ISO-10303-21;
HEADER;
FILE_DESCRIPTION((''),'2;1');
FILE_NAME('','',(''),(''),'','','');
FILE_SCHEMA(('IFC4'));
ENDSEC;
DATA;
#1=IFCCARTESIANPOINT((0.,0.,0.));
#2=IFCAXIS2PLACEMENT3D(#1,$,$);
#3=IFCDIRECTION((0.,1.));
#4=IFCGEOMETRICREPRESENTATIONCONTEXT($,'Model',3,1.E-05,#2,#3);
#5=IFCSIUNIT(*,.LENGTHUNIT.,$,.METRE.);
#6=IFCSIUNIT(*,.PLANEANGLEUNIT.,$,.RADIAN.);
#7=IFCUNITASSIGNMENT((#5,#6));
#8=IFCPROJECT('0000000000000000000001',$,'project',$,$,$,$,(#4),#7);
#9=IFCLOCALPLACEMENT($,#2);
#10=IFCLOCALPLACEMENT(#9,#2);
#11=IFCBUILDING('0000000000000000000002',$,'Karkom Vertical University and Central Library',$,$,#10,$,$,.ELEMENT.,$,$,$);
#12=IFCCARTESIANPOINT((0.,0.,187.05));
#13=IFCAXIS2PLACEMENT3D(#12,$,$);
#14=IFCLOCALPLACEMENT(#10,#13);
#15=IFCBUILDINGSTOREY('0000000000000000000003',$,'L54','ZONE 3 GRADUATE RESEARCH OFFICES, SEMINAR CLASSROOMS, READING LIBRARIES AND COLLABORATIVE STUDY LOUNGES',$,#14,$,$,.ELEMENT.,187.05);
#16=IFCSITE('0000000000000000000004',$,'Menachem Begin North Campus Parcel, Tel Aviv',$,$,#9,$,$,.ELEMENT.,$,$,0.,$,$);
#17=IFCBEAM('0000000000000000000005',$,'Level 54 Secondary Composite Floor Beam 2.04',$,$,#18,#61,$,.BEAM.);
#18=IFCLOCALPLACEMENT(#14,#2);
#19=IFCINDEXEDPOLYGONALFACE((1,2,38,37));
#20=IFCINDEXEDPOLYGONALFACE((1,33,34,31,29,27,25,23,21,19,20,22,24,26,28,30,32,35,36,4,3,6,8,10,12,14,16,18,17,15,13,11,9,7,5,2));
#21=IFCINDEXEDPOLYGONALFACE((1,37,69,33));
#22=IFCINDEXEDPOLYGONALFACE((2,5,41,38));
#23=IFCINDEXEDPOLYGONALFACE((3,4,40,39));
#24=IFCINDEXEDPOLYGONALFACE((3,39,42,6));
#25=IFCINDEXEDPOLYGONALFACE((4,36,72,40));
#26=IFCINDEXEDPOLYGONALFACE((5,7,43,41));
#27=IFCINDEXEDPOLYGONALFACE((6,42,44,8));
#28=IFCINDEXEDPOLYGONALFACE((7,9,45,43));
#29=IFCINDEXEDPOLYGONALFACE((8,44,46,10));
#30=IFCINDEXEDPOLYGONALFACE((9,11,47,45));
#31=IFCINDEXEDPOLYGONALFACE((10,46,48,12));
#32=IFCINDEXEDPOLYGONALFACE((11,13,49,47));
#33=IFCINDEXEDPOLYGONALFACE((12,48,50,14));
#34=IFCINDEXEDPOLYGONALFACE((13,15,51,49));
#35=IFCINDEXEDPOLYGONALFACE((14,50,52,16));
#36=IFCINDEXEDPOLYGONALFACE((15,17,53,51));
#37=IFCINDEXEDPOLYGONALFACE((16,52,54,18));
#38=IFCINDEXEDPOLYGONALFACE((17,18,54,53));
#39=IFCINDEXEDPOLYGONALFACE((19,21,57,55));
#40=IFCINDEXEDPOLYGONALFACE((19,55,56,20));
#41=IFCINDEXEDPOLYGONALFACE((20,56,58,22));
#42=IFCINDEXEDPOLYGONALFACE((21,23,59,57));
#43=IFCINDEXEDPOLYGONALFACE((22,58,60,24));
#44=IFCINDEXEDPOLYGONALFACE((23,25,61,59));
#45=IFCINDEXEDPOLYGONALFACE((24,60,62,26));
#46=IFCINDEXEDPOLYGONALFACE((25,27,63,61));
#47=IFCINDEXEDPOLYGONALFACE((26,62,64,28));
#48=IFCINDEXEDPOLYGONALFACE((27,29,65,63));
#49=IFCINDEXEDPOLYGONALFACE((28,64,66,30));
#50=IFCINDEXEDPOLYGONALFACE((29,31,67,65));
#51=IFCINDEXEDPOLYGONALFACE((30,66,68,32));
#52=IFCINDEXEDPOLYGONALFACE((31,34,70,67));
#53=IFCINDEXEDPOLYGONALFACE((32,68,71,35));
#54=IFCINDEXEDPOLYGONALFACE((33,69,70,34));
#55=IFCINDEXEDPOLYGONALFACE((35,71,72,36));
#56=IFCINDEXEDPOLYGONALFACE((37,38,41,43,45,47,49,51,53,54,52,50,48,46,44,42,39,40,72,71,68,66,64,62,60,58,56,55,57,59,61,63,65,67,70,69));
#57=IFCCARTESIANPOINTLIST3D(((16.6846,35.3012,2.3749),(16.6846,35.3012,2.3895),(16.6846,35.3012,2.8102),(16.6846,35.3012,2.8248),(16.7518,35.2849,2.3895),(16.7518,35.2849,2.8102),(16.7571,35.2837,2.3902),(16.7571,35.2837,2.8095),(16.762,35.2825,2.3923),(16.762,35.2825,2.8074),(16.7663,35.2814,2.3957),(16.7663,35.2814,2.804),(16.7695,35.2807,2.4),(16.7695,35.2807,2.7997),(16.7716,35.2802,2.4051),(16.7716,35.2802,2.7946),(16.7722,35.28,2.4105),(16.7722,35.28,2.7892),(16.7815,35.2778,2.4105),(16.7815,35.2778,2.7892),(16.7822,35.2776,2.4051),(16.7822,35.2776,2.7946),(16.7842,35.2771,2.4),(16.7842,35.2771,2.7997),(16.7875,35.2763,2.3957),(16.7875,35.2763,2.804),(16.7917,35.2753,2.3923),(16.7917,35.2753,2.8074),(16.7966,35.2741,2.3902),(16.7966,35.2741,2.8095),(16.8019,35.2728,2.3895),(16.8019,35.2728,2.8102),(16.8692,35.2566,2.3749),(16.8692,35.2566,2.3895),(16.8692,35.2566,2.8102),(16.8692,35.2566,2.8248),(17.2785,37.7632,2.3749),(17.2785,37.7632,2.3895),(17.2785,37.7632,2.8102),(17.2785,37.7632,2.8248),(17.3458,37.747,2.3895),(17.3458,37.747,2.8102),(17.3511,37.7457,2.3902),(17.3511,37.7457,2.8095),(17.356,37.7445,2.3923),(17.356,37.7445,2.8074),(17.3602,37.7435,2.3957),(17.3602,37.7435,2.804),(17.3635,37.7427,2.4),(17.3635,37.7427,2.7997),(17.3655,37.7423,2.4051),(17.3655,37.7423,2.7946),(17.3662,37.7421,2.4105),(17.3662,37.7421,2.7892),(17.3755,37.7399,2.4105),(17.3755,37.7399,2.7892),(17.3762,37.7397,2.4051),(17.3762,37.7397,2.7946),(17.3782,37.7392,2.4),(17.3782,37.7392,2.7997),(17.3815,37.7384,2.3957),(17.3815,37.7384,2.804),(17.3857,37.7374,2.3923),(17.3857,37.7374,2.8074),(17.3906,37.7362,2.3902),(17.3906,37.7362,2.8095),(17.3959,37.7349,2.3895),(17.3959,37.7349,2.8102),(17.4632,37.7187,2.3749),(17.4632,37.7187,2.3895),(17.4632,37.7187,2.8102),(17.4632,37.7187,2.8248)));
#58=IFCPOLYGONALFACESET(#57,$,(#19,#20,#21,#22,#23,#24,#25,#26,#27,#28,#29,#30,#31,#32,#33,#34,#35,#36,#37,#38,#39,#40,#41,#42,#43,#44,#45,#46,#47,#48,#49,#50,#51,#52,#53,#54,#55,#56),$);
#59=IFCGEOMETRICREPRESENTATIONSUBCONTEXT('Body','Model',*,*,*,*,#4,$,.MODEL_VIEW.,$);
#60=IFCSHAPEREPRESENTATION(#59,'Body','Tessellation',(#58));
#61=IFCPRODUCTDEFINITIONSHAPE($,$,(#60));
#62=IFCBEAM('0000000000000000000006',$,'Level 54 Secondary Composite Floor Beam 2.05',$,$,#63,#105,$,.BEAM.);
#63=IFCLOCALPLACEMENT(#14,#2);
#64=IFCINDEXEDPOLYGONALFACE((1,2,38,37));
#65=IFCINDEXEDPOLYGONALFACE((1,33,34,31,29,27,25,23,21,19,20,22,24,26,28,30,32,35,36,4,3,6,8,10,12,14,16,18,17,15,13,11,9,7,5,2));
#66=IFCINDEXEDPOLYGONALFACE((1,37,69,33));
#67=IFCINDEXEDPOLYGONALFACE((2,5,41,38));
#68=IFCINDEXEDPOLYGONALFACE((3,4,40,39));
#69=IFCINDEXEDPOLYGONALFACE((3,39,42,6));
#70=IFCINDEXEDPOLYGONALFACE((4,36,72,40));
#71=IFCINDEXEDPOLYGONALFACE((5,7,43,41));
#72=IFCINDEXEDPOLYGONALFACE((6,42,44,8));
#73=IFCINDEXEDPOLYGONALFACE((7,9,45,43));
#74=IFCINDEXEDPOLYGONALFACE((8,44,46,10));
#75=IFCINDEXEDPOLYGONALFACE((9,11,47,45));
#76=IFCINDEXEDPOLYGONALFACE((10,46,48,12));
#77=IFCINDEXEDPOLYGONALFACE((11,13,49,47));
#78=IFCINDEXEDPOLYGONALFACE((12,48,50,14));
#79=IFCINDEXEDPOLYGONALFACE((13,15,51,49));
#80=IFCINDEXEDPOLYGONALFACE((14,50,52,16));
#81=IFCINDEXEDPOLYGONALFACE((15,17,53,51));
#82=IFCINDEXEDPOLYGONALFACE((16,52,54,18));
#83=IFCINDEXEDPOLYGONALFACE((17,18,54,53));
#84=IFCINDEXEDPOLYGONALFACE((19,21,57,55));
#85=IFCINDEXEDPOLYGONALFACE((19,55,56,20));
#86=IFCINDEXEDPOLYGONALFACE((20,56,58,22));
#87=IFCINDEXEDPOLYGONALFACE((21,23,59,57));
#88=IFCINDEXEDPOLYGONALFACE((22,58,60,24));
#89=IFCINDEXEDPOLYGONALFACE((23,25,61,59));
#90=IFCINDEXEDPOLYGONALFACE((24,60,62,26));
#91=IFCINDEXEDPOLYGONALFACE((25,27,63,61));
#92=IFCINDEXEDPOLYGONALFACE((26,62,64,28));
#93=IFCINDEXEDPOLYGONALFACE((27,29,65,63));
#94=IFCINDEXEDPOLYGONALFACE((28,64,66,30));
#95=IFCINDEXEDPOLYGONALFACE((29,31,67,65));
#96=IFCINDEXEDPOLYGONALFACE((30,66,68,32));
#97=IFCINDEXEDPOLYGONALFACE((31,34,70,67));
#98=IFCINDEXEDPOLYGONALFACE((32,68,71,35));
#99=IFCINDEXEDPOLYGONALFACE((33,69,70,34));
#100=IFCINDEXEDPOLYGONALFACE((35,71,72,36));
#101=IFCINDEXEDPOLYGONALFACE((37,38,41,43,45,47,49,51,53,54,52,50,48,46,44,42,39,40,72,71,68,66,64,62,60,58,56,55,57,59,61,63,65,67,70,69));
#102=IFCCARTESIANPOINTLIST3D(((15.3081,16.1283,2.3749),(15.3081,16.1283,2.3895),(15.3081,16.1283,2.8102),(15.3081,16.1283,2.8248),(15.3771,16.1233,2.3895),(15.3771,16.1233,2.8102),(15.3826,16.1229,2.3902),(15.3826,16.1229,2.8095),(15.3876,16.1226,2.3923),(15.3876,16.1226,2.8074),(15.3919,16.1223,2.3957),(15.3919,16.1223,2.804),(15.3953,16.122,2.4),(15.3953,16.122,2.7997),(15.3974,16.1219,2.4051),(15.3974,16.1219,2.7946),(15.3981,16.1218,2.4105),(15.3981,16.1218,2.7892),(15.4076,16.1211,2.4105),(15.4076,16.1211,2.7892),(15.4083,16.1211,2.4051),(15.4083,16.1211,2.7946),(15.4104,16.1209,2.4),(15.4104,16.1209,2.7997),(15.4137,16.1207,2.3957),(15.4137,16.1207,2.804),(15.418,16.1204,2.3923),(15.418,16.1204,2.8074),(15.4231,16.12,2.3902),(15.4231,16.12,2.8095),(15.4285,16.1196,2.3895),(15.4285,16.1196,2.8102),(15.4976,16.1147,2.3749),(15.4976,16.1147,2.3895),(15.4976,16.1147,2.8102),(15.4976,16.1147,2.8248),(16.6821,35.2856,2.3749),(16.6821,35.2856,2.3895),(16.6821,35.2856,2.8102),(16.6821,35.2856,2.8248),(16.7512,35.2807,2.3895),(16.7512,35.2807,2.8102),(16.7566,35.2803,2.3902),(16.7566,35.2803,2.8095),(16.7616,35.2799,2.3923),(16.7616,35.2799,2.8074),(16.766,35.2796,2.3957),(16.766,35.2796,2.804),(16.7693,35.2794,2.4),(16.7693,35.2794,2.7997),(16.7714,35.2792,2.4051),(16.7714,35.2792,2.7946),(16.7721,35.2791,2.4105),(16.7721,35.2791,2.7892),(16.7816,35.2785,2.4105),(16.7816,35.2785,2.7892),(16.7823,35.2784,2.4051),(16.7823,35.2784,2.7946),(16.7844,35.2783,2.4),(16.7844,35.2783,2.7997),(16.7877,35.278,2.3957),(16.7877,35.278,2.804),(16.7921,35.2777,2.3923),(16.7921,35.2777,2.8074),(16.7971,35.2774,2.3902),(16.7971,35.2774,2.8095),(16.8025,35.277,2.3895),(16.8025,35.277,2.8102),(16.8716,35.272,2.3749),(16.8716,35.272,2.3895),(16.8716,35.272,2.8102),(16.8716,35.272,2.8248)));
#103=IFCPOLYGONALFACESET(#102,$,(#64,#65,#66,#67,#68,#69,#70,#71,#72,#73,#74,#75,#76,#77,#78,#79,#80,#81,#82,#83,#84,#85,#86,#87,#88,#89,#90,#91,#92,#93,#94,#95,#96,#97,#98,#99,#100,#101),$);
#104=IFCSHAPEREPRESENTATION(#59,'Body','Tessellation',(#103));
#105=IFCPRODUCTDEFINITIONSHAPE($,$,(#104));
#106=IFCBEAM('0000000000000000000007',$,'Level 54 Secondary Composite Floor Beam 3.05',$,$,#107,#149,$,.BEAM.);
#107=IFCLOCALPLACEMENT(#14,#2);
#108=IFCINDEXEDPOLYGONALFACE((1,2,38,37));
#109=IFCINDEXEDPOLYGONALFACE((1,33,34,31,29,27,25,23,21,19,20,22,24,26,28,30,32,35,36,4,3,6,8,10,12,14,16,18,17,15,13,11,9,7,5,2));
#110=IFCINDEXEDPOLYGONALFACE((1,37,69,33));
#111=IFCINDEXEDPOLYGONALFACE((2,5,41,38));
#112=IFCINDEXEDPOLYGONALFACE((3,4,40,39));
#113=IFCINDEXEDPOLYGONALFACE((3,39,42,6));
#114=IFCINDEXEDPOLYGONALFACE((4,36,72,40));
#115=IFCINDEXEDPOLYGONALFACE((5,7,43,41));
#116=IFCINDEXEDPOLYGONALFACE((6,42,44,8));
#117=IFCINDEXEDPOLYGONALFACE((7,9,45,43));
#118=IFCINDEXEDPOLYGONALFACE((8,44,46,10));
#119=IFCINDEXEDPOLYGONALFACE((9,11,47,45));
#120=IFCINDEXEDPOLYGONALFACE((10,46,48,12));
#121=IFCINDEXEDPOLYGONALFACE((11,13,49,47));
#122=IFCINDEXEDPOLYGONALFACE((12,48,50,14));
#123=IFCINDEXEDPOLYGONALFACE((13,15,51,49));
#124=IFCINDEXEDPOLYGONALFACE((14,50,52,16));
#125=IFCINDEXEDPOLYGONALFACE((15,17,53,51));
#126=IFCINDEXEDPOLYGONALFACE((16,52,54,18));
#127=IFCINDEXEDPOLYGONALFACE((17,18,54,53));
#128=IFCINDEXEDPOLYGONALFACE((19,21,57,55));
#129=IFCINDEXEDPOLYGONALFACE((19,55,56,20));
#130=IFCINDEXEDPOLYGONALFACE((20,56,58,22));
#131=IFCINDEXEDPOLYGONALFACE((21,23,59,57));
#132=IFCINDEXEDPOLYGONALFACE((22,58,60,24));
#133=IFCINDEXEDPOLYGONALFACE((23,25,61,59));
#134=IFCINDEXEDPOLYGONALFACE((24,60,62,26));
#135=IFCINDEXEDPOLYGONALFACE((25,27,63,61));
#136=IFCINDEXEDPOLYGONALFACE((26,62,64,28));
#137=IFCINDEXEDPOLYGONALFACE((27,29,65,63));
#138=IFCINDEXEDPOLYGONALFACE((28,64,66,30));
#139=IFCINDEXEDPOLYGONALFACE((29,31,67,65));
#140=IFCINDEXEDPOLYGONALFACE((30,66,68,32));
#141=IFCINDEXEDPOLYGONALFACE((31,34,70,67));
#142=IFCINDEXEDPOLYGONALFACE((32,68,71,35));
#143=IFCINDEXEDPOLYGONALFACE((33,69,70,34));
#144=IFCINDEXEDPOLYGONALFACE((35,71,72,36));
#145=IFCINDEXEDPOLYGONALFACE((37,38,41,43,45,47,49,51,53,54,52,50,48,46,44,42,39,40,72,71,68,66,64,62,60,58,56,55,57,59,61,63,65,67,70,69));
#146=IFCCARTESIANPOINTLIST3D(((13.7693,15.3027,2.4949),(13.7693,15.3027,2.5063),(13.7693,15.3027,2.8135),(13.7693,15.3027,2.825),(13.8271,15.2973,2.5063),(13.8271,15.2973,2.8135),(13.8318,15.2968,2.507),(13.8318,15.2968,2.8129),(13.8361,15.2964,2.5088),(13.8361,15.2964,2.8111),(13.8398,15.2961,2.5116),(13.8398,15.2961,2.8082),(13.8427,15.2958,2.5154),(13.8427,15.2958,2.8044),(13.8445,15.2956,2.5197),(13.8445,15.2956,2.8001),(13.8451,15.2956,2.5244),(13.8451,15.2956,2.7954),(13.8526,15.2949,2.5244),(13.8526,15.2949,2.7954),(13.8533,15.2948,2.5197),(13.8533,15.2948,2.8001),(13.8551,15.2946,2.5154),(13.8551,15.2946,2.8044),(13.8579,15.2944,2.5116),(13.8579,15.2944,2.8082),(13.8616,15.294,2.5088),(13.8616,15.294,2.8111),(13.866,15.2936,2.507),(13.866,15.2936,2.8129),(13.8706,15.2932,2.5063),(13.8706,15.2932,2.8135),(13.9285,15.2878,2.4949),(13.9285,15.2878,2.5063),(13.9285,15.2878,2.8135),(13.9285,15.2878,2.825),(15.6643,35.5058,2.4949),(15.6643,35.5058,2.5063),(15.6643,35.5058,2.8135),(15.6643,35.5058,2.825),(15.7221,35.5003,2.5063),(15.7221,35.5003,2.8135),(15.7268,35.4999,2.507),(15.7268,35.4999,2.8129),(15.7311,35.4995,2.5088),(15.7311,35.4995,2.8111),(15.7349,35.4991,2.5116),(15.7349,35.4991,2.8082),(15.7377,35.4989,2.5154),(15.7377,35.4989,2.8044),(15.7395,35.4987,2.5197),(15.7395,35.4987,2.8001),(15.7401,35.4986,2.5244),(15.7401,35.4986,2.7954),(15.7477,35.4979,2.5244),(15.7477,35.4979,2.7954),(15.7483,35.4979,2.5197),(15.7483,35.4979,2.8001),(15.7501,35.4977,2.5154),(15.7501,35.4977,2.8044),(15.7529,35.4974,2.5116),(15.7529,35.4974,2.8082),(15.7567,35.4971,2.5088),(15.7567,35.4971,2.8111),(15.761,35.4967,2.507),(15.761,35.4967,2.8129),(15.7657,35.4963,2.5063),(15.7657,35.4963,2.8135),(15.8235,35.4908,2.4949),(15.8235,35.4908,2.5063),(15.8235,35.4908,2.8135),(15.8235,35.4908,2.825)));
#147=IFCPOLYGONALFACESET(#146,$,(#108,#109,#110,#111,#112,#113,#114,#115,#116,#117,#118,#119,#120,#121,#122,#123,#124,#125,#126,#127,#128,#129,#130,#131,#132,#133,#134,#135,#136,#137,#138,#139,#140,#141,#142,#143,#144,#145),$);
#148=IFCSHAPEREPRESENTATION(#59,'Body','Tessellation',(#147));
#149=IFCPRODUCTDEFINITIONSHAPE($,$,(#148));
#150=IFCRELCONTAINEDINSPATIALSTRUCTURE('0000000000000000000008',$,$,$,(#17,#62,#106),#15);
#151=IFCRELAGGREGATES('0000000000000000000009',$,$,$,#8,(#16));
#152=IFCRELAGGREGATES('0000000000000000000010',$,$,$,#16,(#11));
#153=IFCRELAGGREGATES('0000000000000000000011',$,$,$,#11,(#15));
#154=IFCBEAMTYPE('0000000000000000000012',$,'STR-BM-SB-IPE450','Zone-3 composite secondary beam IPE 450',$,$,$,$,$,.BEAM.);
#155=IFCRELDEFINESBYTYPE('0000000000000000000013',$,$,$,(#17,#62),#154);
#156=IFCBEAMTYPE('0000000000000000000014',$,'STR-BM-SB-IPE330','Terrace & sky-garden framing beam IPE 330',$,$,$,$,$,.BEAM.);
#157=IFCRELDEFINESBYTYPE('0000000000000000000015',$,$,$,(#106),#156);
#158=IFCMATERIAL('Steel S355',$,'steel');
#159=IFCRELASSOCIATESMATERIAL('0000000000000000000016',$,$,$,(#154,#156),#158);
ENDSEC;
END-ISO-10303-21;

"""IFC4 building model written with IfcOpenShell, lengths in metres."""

from ifc_helpers import new_model, si_unit, direction, frame, origin, origin_with_axes, origin_2d, place, context, subcontext, project, spatial, i_section, extrude, source, transform, mapped, material, material_profile, profile_set, type_object, element, save


model = new_model("IFC4")

# Units and contexts
model_context = context("Model", 3, precision=1e-05, world=origin(), true_north=direction((0.0, 1.0)))
body_context = subcontext(model_context, "Body", "Model", "MODEL_VIEW")
ifc_project = project(units=[si_unit("LENGTHUNIT", "METRE"), si_unit("PLANEANGLEUNIT", "RADIAN")], contexts=[model_context])

# Site, building, storey
site_placement = place(None, origin())
site = spatial("IfcSite", under=ifc_project, at=site_placement, Name="Menachem Begin North Campus Parcel, Tel Aviv", CompositionType="ELEMENT", RefElevation=0.0)
building_placement = place(site_placement, origin())
building = spatial("IfcBuilding", under=site, at=building_placement, Name="Karkom Vertical University and Central Library", CompositionType="ELEMENT")
storey_placement = place(building_placement, frame((0.0, 0.0, 187.05)))
storey = spatial("IfcBuildingStorey", under=building, at=storey_placement, Name="L54", Description="ZONE 3 GRADUATE RESEARCH OFFICES, SEMINAR CLASSROOMS, READING LIBRARIES AND COLLABORATIVE STUDY LOUNGES", CompositionType="ELEMENT", Elevation=187.05)

# Beams
ifc_material_1 = material(Name="Steel S355", Category="steel")
ifc_material_profile_1 = material_profile(ifc_material_1, i_section(OverallWidth=0.1899, OverallDepth=0.45, WebThickness=0.0095, FlangeThickness=0.0146, FilletRadius=0.021, at=origin_2d()), Name="IPE 450")
ifc_profile_set_1 = profile_set([ifc_material_profile_1], Name="Steel S355")
beam_type_1 = type_object("IfcBeamType", Name="STR-BM-SB-IPE450", Description="Zone-3 composite secondary beam IPE 450", PredefinedType="BEAM", material=ifc_profile_set_1)
shared_shape_1 = source(origin_with_axes(), body_context, "Body", "SweptSolid", [
    extrude(i_section(OverallWidth=0.1899, OverallDepth=0.45, WebThickness=0.0095, FlangeThickness=0.0146, FilletRadius=0.021, at=origin_2d()), origin(), (0.0, 0.0, 1.0), 2.5327),
])
beam_1_placement = place(storey_placement, frame((17.3708, 37.741, 2.5999), z_axis=(-0.234521, -0.972111, 0.0), x_axis=(0.972111, -0.234521, 0.0)))
element("IfcBeam", 1, at=beam_1_placement, inside=storey, type_object=beam_type_1, Name="Level 54 Secondary Composite Floor Beam 2.04", PredefinedType="BEAM", context=body_context, shape_type="MappedRepresentation", body=[
    mapped(shared_shape_1, transform((0.0, 0.0, 0.0), scale=1.0)),
])
shared_shape_2 = source(origin_with_axes(), body_context, "Body", "SweptSolid", [
    extrude(i_section(OverallWidth=0.1899, OverallDepth=0.45, WebThickness=0.0095, FlangeThickness=0.0146, FilletRadius=0.021, at=origin_2d()), origin(), (0.0, 0.0, 1.0), 19.2065),
])
beam_2_placement = place(storey_placement, frame((16.7769, 35.2788, 2.5999), z_axis=(-0.07154, -0.997438, 0.0), x_axis=(0.997438, -0.07154, 0.0)))
element("IfcBeam", 2, at=beam_2_placement, inside=storey, type_object=beam_type_1, Name="Level 54 Secondary Composite Floor Beam 2.05", PredefinedType="BEAM", context=body_context, shape_type="MappedRepresentation", body=[
    mapped(shared_shape_2, transform((0.0, 0.0, 0.0), scale=1.0)),
])
ifc_material_profile_2 = material_profile(ifc_material_1, i_section(OverallWidth=0.1599, OverallDepth=0.3301, WebThickness=0.0076, FlangeThickness=0.0115, FilletRadius=0.0181, at=origin_2d()), Name="IPE 330")
ifc_profile_set_2 = profile_set([ifc_material_profile_2], Name="Steel S355")
beam_type_2 = type_object("IfcBeamType", Name="STR-BM-SB-IPE330", Description="Terrace & sky-garden framing beam IPE 330", PredefinedType="BEAM", material=ifc_profile_set_2)
shared_shape_3 = source(origin_with_axes(), body_context, "Body", "SweptSolid", [
    extrude(i_section(OverallWidth=0.1599, OverallDepth=0.3301, WebThickness=0.0076, FlangeThickness=0.0115, FilletRadius=0.0181, at=origin_2d()), origin(), (0.0, 0.0, 1.0), 20.2917),
])
beam_3_placement = place(storey_placement, frame((15.7439, 35.4983, 2.6599), z_axis=(-0.093388, -0.99563, 0.0), x_axis=(0.99563, -0.093388, 0.0)))
element("IfcBeam", 3, at=beam_3_placement, inside=storey, type_object=beam_type_2, Name="Level 54 Secondary Composite Floor Beam 3.05", PredefinedType="BEAM", context=body_context, shape_type="MappedRepresentation", body=[
    mapped(shared_shape_3, transform((0.0, 0.0, 0.0), scale=1.0)),
])

save(model, "model.ifc")
